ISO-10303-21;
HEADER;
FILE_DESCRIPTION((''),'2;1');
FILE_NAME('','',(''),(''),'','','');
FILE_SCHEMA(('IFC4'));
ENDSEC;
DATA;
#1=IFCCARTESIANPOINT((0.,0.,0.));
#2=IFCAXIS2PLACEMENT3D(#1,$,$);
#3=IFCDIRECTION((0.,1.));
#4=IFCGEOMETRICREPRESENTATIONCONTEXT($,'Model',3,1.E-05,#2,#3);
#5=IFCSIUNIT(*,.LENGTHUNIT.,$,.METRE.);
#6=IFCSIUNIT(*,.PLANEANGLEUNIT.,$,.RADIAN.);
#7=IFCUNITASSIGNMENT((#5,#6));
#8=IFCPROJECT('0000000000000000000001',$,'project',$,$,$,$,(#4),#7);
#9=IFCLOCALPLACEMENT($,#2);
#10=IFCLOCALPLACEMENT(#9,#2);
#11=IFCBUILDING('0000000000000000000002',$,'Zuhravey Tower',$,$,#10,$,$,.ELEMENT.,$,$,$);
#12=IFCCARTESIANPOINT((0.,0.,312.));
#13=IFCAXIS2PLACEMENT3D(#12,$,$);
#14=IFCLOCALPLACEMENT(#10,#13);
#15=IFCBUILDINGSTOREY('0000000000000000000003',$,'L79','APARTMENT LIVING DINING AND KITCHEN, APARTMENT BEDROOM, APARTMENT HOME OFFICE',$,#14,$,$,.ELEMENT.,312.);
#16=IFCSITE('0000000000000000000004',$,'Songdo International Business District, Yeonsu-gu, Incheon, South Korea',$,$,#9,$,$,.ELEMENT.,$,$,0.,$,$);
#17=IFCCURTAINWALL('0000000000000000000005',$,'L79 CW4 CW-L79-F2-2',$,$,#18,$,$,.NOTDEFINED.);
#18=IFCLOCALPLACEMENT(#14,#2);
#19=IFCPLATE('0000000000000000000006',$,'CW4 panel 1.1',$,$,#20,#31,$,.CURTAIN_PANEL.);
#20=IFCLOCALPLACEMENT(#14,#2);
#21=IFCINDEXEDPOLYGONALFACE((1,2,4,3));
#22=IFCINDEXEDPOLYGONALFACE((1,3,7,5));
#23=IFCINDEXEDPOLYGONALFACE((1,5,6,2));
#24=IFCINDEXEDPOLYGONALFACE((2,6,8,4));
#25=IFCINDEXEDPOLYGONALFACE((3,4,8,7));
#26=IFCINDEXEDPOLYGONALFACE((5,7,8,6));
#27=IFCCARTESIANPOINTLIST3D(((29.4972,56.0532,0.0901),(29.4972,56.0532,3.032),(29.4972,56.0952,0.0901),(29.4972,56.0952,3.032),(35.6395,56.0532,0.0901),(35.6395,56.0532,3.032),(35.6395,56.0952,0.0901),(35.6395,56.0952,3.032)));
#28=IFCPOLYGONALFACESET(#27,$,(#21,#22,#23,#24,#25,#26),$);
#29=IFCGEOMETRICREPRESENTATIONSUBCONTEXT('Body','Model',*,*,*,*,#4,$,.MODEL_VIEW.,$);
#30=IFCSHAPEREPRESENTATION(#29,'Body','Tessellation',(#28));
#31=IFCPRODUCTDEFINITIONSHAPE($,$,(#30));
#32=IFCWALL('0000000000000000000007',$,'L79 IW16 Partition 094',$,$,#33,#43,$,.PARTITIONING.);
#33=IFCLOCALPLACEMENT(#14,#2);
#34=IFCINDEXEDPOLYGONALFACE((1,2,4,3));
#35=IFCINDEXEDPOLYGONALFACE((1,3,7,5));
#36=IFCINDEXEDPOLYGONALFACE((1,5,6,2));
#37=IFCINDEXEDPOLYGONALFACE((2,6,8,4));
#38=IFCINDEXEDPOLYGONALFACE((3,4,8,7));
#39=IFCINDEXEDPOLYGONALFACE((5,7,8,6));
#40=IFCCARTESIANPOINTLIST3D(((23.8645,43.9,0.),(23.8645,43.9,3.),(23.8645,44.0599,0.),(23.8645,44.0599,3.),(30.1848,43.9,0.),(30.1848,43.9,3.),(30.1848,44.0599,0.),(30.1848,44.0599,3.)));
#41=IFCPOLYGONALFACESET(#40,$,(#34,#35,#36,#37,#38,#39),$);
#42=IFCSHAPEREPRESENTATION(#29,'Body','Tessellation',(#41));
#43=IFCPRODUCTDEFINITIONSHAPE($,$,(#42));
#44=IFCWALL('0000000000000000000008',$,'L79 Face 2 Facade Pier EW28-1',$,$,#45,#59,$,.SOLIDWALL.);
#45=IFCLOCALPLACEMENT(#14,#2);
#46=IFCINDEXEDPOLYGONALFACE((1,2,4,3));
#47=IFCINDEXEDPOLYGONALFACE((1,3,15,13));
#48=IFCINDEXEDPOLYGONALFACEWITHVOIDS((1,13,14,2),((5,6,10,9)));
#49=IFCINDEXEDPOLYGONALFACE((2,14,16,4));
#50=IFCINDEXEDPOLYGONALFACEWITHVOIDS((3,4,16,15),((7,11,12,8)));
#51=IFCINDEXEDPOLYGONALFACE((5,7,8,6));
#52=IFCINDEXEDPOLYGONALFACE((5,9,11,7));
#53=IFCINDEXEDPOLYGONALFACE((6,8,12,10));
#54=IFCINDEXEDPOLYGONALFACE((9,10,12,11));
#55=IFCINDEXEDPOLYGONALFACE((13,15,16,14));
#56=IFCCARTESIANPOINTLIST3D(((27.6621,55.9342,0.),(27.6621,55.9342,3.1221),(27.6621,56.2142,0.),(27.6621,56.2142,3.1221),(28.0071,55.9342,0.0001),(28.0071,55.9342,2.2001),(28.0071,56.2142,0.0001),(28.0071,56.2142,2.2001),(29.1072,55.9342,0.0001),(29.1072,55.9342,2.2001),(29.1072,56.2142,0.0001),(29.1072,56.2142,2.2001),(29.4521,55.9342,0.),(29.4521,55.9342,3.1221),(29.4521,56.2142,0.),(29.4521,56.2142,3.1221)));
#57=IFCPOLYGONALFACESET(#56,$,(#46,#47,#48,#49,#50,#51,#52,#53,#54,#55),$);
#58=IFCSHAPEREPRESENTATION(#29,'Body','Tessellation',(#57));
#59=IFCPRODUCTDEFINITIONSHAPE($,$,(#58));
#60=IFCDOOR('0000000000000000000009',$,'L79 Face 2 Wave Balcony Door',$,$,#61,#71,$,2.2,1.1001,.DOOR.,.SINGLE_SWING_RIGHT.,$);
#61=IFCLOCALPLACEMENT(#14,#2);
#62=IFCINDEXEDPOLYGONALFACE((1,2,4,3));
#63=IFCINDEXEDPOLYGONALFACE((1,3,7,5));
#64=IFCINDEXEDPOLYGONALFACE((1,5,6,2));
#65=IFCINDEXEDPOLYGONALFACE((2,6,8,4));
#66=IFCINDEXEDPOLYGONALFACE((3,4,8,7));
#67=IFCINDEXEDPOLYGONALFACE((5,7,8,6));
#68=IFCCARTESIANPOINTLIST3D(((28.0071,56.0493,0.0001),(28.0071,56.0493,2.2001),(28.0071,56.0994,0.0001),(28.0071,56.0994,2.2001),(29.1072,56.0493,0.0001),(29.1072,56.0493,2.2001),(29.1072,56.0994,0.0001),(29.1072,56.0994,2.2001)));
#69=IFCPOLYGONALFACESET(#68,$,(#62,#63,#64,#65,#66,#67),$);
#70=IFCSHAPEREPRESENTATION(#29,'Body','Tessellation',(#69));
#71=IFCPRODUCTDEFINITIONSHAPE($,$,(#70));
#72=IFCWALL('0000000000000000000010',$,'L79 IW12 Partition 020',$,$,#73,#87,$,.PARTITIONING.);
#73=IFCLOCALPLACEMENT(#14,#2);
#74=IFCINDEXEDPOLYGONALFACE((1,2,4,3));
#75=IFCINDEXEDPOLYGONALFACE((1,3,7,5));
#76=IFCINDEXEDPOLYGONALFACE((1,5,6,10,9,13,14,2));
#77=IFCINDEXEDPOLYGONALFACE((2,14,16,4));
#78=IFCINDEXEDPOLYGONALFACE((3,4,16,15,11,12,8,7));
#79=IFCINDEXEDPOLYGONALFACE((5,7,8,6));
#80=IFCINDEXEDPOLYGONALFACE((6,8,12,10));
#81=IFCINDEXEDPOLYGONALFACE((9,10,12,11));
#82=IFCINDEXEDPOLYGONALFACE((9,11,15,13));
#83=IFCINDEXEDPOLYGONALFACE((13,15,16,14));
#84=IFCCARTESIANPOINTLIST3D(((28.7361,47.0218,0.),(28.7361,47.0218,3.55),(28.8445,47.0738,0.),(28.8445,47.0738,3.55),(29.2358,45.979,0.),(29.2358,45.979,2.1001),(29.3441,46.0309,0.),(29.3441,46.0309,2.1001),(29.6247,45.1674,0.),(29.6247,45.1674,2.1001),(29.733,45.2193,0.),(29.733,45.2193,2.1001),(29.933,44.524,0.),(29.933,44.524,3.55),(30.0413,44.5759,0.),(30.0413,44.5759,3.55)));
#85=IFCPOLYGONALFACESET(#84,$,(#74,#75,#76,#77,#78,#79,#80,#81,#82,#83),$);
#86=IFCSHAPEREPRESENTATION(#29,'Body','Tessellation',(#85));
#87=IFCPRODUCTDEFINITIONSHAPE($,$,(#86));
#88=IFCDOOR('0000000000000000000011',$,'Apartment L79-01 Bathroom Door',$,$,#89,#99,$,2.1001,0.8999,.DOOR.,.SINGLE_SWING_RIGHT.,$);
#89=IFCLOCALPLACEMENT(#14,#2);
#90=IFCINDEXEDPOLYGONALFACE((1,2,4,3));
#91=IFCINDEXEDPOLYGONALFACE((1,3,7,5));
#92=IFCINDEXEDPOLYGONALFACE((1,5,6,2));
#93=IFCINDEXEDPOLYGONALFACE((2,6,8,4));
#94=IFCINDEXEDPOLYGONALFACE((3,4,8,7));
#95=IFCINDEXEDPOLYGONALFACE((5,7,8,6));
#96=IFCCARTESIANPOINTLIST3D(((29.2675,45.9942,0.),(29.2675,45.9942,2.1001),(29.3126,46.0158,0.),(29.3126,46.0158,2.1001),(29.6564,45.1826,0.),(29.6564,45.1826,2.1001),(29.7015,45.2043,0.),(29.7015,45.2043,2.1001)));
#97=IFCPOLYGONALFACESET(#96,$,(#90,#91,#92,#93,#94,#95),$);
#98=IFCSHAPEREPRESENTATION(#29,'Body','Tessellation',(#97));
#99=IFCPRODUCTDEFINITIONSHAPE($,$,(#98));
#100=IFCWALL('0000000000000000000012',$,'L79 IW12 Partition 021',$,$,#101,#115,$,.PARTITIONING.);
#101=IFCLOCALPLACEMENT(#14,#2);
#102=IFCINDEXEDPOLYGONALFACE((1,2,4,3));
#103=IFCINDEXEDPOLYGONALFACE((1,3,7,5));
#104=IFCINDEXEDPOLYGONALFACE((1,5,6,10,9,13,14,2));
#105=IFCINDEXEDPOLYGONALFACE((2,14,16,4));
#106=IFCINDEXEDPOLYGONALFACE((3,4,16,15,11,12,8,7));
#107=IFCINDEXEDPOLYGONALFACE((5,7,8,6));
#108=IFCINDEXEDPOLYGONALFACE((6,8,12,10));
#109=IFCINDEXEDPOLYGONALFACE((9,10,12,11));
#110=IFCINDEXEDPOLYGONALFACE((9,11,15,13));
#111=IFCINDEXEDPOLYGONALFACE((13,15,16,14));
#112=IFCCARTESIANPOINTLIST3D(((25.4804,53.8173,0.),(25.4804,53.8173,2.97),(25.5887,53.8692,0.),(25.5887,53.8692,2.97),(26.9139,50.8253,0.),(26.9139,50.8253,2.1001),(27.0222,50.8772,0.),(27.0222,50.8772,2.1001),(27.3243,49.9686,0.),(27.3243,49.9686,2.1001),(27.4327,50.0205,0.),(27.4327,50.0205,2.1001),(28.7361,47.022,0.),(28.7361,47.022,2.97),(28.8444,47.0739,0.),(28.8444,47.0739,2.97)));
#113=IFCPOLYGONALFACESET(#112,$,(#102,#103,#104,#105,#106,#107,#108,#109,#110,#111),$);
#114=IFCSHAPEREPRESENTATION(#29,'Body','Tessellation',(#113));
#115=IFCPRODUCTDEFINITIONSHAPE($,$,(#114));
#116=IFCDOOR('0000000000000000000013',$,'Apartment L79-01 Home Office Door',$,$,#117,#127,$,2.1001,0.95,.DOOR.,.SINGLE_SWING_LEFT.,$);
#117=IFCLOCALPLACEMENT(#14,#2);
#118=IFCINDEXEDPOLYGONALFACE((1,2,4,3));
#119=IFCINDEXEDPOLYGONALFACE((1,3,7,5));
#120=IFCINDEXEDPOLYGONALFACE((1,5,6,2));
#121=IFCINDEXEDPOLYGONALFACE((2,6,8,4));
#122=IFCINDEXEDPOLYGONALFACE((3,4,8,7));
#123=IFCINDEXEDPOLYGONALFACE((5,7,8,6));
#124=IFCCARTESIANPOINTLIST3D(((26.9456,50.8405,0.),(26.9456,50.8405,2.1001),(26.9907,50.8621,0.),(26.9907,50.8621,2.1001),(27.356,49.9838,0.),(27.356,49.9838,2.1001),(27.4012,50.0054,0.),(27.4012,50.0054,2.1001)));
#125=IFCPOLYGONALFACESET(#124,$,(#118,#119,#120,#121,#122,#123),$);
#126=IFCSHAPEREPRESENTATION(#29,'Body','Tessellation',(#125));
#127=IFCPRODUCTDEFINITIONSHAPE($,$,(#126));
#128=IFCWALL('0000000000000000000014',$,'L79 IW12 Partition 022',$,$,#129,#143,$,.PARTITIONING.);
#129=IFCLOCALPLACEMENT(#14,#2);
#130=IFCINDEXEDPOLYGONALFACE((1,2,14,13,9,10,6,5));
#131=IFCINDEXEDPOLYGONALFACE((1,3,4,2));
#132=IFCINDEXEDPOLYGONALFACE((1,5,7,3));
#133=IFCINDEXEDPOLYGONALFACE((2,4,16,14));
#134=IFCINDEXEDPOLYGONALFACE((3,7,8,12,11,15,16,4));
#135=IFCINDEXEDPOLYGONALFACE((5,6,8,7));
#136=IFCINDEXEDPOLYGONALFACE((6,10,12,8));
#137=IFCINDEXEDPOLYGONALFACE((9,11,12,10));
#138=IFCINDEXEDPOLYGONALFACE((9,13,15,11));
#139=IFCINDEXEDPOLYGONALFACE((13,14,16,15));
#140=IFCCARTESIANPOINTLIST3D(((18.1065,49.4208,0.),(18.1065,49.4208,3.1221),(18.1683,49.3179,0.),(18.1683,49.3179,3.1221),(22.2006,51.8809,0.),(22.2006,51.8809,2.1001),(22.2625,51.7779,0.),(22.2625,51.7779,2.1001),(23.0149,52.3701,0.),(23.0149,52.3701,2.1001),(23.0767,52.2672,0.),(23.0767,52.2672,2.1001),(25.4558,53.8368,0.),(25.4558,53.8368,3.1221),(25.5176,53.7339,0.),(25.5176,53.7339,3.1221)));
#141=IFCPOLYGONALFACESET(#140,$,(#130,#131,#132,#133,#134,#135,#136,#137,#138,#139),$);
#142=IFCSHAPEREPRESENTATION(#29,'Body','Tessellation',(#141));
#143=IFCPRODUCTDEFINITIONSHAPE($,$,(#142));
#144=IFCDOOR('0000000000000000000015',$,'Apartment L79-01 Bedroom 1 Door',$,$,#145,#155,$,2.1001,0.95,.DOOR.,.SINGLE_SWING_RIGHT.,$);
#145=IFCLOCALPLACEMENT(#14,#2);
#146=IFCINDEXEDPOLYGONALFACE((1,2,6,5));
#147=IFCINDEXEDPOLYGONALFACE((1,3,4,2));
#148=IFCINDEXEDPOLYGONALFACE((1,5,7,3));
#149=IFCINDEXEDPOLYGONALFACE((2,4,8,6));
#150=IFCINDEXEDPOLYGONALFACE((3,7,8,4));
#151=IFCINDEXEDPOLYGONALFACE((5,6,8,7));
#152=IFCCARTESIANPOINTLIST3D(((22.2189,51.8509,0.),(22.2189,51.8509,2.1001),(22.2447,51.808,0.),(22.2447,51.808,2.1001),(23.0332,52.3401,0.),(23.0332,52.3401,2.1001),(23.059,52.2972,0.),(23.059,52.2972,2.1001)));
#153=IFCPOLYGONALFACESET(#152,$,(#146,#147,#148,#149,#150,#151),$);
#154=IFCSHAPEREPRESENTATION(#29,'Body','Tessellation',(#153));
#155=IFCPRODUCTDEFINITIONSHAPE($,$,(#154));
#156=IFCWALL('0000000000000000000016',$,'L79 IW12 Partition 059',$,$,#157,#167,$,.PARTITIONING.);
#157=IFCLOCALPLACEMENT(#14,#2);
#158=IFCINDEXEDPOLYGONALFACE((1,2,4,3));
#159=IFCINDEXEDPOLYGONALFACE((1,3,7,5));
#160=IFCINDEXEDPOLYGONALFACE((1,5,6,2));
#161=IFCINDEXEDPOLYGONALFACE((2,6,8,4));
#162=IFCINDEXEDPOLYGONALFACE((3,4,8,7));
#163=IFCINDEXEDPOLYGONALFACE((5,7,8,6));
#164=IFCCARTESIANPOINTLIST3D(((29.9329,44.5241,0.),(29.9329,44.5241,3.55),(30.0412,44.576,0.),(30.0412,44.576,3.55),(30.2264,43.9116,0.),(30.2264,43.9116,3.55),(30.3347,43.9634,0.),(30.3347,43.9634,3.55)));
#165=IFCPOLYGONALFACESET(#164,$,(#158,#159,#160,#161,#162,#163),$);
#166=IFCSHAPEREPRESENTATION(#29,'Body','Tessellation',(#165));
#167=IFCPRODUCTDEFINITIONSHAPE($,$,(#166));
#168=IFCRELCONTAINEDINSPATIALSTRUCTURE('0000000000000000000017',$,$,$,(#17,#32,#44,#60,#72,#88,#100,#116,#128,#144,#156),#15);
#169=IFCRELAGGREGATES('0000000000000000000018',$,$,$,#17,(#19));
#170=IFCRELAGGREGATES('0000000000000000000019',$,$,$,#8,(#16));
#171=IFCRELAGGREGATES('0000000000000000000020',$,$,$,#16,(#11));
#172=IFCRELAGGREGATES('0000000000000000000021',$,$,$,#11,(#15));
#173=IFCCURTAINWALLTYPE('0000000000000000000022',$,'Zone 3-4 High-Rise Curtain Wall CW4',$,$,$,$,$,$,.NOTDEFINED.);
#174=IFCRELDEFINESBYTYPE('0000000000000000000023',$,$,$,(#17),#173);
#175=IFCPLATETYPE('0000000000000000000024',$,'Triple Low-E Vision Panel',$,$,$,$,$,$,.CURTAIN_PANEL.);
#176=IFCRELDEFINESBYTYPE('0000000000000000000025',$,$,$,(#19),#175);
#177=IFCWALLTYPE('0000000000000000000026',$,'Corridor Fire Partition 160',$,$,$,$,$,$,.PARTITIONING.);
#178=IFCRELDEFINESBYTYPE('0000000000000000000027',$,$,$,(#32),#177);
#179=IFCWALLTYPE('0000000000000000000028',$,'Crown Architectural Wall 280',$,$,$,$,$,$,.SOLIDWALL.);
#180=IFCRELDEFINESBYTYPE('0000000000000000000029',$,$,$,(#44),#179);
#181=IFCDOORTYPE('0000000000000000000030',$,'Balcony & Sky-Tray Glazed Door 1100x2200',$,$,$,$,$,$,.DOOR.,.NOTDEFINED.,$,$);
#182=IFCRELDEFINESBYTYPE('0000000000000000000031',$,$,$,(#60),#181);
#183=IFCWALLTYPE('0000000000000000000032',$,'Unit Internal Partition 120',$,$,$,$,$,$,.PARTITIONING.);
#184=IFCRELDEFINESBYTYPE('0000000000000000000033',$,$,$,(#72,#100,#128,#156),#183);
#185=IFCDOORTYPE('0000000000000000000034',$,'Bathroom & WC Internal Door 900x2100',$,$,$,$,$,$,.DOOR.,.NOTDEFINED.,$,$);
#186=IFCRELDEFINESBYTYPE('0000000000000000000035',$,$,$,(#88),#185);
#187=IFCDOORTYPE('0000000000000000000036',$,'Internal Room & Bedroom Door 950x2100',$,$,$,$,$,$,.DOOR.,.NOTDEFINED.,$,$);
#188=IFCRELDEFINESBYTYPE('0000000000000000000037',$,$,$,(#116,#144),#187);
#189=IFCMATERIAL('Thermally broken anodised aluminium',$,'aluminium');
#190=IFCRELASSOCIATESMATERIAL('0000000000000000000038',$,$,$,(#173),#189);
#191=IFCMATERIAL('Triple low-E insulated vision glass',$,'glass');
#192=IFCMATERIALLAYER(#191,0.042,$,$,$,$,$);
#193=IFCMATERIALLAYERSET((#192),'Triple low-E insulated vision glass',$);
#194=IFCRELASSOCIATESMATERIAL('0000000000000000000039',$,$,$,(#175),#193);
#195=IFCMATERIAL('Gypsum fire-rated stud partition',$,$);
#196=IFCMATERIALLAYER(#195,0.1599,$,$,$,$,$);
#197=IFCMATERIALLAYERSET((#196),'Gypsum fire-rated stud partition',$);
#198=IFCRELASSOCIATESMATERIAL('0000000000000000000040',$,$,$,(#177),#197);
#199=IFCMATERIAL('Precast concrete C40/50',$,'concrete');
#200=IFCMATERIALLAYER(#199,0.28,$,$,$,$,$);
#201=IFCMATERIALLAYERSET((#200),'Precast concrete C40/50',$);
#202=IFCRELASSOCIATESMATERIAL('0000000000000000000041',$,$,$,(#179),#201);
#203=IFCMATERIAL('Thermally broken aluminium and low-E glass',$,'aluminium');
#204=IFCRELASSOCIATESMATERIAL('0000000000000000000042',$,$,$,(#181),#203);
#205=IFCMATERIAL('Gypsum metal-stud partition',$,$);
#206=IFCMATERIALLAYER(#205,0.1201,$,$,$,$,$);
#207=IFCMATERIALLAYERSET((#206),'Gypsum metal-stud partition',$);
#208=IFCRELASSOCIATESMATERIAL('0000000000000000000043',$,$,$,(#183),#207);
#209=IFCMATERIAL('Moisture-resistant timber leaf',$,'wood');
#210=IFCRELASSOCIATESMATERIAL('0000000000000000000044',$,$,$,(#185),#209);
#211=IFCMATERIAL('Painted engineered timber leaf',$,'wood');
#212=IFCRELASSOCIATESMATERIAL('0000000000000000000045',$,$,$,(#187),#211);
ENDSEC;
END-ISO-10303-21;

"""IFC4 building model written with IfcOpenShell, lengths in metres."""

from ifc_helpers import new_model, si_unit, direction, frame, frame_2d, origin, origin_2d, place, context, subcontext, project, spatial, rectangle, extrude, material, layer, layer_set, type_object, element, fill, aggregate, save


model = new_model("IFC4")

# Units and contexts
model_context = context("Model", 3, precision=1e-05, world=origin(), true_north=direction((0.0, 1.0)))
body_context = subcontext(model_context, "Body", "Model", "MODEL_VIEW")
ifc_project = project(units=[si_unit("LENGTHUNIT", "METRE"), si_unit("PLANEANGLEUNIT", "RADIAN")], contexts=[model_context])

# Site, building, storey
site_placement = place(None, origin())
site = spatial("IfcSite", under=ifc_project, at=site_placement, Name="Songdo International Business District, Yeonsu-gu, Incheon, South Korea", CompositionType="ELEMENT", RefElevation=0.0)
building_placement = place(site_placement, origin())
building = spatial("IfcBuilding", under=site, at=building_placement, Name="Zuhravey Tower", CompositionType="ELEMENT")
storey_placement = place(building_placement, frame((0.0, 0.0, 312.0)))
storey = spatial("IfcBuildingStorey", under=building, at=storey_placement, Name="L79", Description="APARTMENT LIVING DINING AND KITCHEN, APARTMENT BEDROOM, APARTMENT HOME OFFICE", CompositionType="ELEMENT", Elevation=312.0)

# Curtain wall
ifc_material_1 = material(Name="Thermally broken anodised aluminium", Category="aluminium")
curtain_wall_type = type_object("IfcCurtainWallType", Name="Zone 3-4 High-Rise Curtain Wall CW4", PredefinedType="NOTDEFINED", material=ifc_material_1)
curtain_wall_1_placement = place(storey_placement, origin())
curtain_wall_1 = element("IfcCurtainWall", 1, at=curtain_wall_1_placement, inside=storey, type_object=curtain_wall_type, Name="L79 CW4 CW-L79-F2-2", PredefinedType="NOTDEFINED")

# Plate
ifc_material_2 = material(Name="Triple low-E insulated vision glass", Category="glass")
ifc_layer_1 = layer(ifc_material_2, 0.042)
ifc_layer_set_1 = layer_set([ifc_layer_1], Name="Triple low-E insulated vision glass")
plate_type = type_object("IfcPlateType", Name="Triple Low-E Vision Panel", PredefinedType="CURTAIN_PANEL", material=ifc_layer_set_1)
plate_1_placement = place(storey_placement, frame((32.5684, 56.0742, 0.0901), z_axis=(0.0, 0.0, 1.0), x_axis=(1.0, 0.0, 0.0)))
plate_1 = element("IfcPlate", 2, at=plate_1_placement, type_object=plate_type, Name="CW4 panel 1.1", PredefinedType="CURTAIN_PANEL", context=body_context, shape_type="SweptSolid", body=[
    extrude(rectangle(XDim=6.1423, YDim=0.042, at=origin_2d()), origin(), (0.0, 0.0, 1.0), 2.9419),
])
aggregate(curtain_wall_1, [plate_1])

# Shared definitions
ifc_material_3 = material(Name="Gypsum fire-rated stud partition")
ifc_layer_2 = layer(ifc_material_3, 0.1599)
ifc_layer_set_2 = layer_set([ifc_layer_2], Name="Gypsum fire-rated stud partition")
wall_type_1 = type_object("IfcWallType", Name="Corridor Fire Partition 160", PredefinedType="PARTITIONING", material=ifc_layer_set_2)

# Wall
wall_1_placement = place(storey_placement, frame((30.1848, 43.98, 0.0), z_axis=(0.0, 0.0, 1.0), x_axis=(-1.0, 0.0, 0.0)))
element("IfcWall", 3, at=wall_1_placement, inside=storey, type_object=wall_type_1, Name="L79 IW16 Partition 094", PredefinedType="PARTITIONING", context=body_context, shape_type="SweptSolid", body=[
    extrude(rectangle(XDim=6.3203, YDim=0.1599, at=frame_2d((3.1602, 0.0))), origin(), (0.0, 0.0, 1.0), 3.0),
])

# Walls, openings, doors
ifc_material_4 = material(Name="Precast concrete C40/50", Category="concrete")
ifc_layer_3 = layer(ifc_material_4, 0.28)
ifc_layer_set_3 = layer_set([ifc_layer_3], Name="Precast concrete C40/50")
wall_type_2 = type_object("IfcWallType", Name="Crown Architectural Wall 280", PredefinedType="SOLIDWALL", material=ifc_layer_set_3)
wall_2_placement = place(storey_placement, frame((27.6621, 56.0742, 0.0), z_axis=(0.0, 0.0, 1.0), x_axis=(1.0, 0.0, 0.0)))
wall_2 = element("IfcWall", 4, at=wall_2_placement, inside=storey, type_object=wall_type_2, Name="L79 Face 2 Facade Pier EW28-1", PredefinedType="SOLIDWALL", context=body_context, shape_type="SweptSolid", body=[
    extrude(rectangle(XDim=1.79, YDim=0.28, at=frame_2d((0.895, 0.0))), origin(), (0.0, 0.0, 1.0), 3.1221),
])
opening_1_placement = place(wall_2_placement, frame((0.345, 0.0, 0.0)))
opening_1 = element("IfcOpeningElement", 5, at=opening_1_placement, cuts=wall_2, PredefinedType="OPENING", context=body_context, shape_type="SweptSolid", body=[
    extrude(rectangle(XDim=1.1001, YDim=2.2, at=frame_2d((0.55, 1.1001))), frame((0.0, 0.1521, 0.0), z_axis=(0.0, -1.0, 0.0), x_axis=(1.0, 0.0, 0.0)), (0.0, 0.0, 1.0), 0.304),
])
ifc_material_5 = material(Name="Thermally broken aluminium and low-E glass", Category="aluminium")
door_type_1 = type_object("IfcDoorType", Name="Balcony & Sky-Tray Glazed Door 1100x2200", OperationType="NOTDEFINED", PredefinedType="DOOR", material=ifc_material_5)
door_1_placement = place(opening_1_placement, frame((1.1001, 0.0, 0.0), z_axis=(0.0, 0.0, 1.0), x_axis=(-1.0, 0.0, 0.0)))
door_1 = element("IfcDoor", 6, at=door_1_placement, inside=storey, type_object=door_type_1, Name="L79 Face 2 Wave Balcony Door", OperationType="SINGLE_SWING_RIGHT", OverallHeight=2.2, OverallWidth=1.1001, PredefinedType="DOOR", context=body_context, shape_type="SweptSolid", body=[
    extrude(rectangle(XDim=1.1001, YDim=2.2, at=frame_2d((0.55, 1.1001))), frame((0.0, 0.0249, 0.0), z_axis=(0.0, -1.0, 0.0), x_axis=(1.0, 0.0, 0.0)), (0.0, 0.0, 1.0), 0.05),
])
fill(opening_1, door_1)
ifc_material_6 = material(Name="Gypsum metal-stud partition")
ifc_layer_4 = layer(ifc_material_6, 0.1201)
ifc_layer_set_4 = layer_set([ifc_layer_4], Name="Gypsum metal-stud partition")
wall_type_3 = type_object("IfcWallType", Name="Unit Internal Partition 120", PredefinedType="PARTITIONING", material=ifc_layer_set_4)
wall_3_placement = place(storey_placement, frame((29.9871, 44.55, 0.0), z_axis=(0.0, 0.0, 1.0), x_axis=(-0.432095, 0.901828, 0.0)))
wall_3 = element("IfcWall", 7, at=wall_3_placement, inside=storey, type_object=wall_type_3, Name="L79 IW12 Partition 020", PredefinedType="PARTITIONING", context=body_context, shape_type="SweptSolid", body=[
    extrude(rectangle(XDim=2.7698, YDim=0.1201, at=frame_2d((1.3848, 0.0))), origin(), (0.0, 0.0, 1.0), 3.55),
])
opening_2_placement = place(wall_3_placement, frame((0.7134, 0.0, 0.0)))
opening_2 = element("IfcOpeningElement", 8, at=opening_2_placement, cuts=wall_3, PredefinedType="OPENING", context=body_context, shape_type="SweptSolid", body=[
    extrude(rectangle(XDim=0.8999, YDim=2.1001, at=frame_2d((0.45, 1.05))), frame((0.0, 0.072, 0.0), z_axis=(0.0, -1.0, 0.0), x_axis=(1.0, 0.0, 0.0)), (0.0, 0.0, 1.0), 0.144),
])
ifc_material_7 = material(Name="Moisture-resistant timber leaf", Category="wood")
door_type_2 = type_object("IfcDoorType", Name="Bathroom & WC Internal Door 900x2100", OperationType="NOTDEFINED", PredefinedType="DOOR", material=ifc_material_7)
door_2_placement = place(opening_2_placement, origin())
door_2 = element("IfcDoor", 9, at=door_2_placement, inside=storey, type_object=door_type_2, Name="Apartment L79-01 Bathroom Door", OperationType="SINGLE_SWING_RIGHT", OverallHeight=2.1001, OverallWidth=0.8999, PredefinedType="DOOR", context=body_context, shape_type="SweptSolid", body=[
    extrude(rectangle(XDim=0.8999, YDim=2.1001, at=frame_2d((0.45, 1.05))), frame((0.0, 0.0249, 0.0), z_axis=(0.0, -1.0, 0.0), x_axis=(1.0, 0.0, 0.0)), (0.0, 0.0, 1.0), 0.05),
])
fill(opening_2, door_2)
wall_4_placement = place(storey_placement, frame((28.7903, 47.0479, 0.0), z_axis=(0.0, 0.0, 1.0), x_axis=(-0.432077, 0.901837, 0.0)))
wall_4 = element("IfcWall", 10, at=wall_4_placement, inside=storey, type_object=wall_type_3, Name="L79 IW12 Partition 021", PredefinedType="PARTITIONING", context=body_context, shape_type="SweptSolid", body=[
    extrude(rectangle(XDim=7.5349, YDim=0.1201, at=frame_2d((3.7676, 0.0))), origin(), (0.0, 0.0, 1.0), 2.97),
])
opening_3_placement = place(wall_4_placement, frame((3.2673, 0.0, 0.0)))
opening_3 = element("IfcOpeningElement", 11, at=opening_3_placement, cuts=wall_4, PredefinedType="OPENING", context=body_context, shape_type="SweptSolid", body=[
    extrude(rectangle(XDim=0.95, YDim=2.1001, at=frame_2d((0.4751, 1.05))), frame((0.0, 0.072, 0.0), z_axis=(0.0, -1.0, 0.0), x_axis=(1.0, 0.0, 0.0)), (0.0, 0.0, 1.0), 0.144),
])
ifc_material_8 = material(Name="Painted engineered timber leaf", Category="wood")
door_type_3 = type_object("IfcDoorType", Name="Internal Room & Bedroom Door 950x2100", OperationType="NOTDEFINED", PredefinedType="DOOR", material=ifc_material_8)
door_3_placement = place(opening_3_placement, origin())
door_3 = element("IfcDoor", 12, at=door_3_placement, inside=storey, type_object=door_type_3, Name="Apartment L79-01 Home Office Door", OperationType="SINGLE_SWING_LEFT", OverallHeight=2.1001, OverallWidth=0.95, PredefinedType="DOOR", context=body_context, shape_type="SweptSolid", body=[
    extrude(rectangle(XDim=0.95, YDim=2.1001, at=frame_2d((0.4751, 1.05))), frame((0.0, 0.0249, 0.0), z_axis=(0.0, -1.0, 0.0), x_axis=(1.0, 0.0, 0.0)), (0.0, 0.0, 1.0), 0.05),
])
fill(opening_3, door_3)
wall_5_placement = place(storey_placement, frame((25.4868, 53.7854, 0.0), z_axis=(0.0, 0.0, 1.0), x_axis=(-0.857164, -0.515044, 0.0)))
wall_5 = element("IfcWall", 13, at=wall_5_placement, inside=storey, type_object=wall_type_3, Name="L79 IW12 Partition 022", PredefinedType="PARTITIONING", context=body_context, shape_type="SweptSolid", body=[
    extrude(rectangle(XDim=8.574, YDim=0.1201, at=frame_2d((4.2871, 0.0))), origin(), (0.0, 0.0, 1.0), 3.1221),
])
opening_4_placement = place(wall_5_placement, frame((2.8477, 0.0, 0.0)))
opening_4 = element("IfcOpeningElement", 14, at=opening_4_placement, cuts=wall_5, PredefinedType="OPENING", context=body_context, shape_type="SweptSolid", body=[
    extrude(rectangle(XDim=0.95, YDim=2.1001, at=frame_2d((0.4751, 1.05))), frame((0.0, 0.072, 0.0), z_axis=(0.0, -1.0, 0.0), x_axis=(1.0, 0.0, 0.0)), (0.0, 0.0, 1.0), 0.144),
])
door_4_placement = place(opening_4_placement, frame((0.95, 0.0, 0.0), z_axis=(0.0, 0.0, 1.0), x_axis=(-1.0, 0.0, 0.0)))
door_4 = element("IfcDoor", 15, at=door_4_placement, inside=storey, type_object=door_type_3, Name="Apartment L79-01 Bedroom 1 Door", OperationType="SINGLE_SWING_RIGHT", OverallHeight=2.1001, OverallWidth=0.95, PredefinedType="DOOR", context=body_context, shape_type="SweptSolid", body=[
    extrude(rectangle(XDim=0.95, YDim=2.1001, at=frame_2d((0.4751, 1.05))), frame((0.0, 0.0249, 0.0), z_axis=(0.0, -1.0, 0.0), x_axis=(1.0, 0.0, 0.0)), (0.0, 0.0, 1.0), 0.05),
])
fill(opening_4, door_4)

# Wall
wall_6_placement = place(storey_placement, frame((30.2805, 43.9375, 0.0), z_axis=(0.0, 0.0, 1.0), x_axis=(-0.432053, 0.901848, 0.0)))
element("IfcWall", 16, at=wall_6_placement, inside=storey, type_object=wall_type_3, Name="L79 IW12 Partition 059", PredefinedType="PARTITIONING", context=body_context, shape_type="SweptSolid", body=[
    extrude(rectangle(XDim=0.6792, YDim=0.1201, at=frame_2d((0.3396, 0.0))), origin(), (0.0, 0.0, 1.0), 3.55),
])

save(model, "model.ifc")
